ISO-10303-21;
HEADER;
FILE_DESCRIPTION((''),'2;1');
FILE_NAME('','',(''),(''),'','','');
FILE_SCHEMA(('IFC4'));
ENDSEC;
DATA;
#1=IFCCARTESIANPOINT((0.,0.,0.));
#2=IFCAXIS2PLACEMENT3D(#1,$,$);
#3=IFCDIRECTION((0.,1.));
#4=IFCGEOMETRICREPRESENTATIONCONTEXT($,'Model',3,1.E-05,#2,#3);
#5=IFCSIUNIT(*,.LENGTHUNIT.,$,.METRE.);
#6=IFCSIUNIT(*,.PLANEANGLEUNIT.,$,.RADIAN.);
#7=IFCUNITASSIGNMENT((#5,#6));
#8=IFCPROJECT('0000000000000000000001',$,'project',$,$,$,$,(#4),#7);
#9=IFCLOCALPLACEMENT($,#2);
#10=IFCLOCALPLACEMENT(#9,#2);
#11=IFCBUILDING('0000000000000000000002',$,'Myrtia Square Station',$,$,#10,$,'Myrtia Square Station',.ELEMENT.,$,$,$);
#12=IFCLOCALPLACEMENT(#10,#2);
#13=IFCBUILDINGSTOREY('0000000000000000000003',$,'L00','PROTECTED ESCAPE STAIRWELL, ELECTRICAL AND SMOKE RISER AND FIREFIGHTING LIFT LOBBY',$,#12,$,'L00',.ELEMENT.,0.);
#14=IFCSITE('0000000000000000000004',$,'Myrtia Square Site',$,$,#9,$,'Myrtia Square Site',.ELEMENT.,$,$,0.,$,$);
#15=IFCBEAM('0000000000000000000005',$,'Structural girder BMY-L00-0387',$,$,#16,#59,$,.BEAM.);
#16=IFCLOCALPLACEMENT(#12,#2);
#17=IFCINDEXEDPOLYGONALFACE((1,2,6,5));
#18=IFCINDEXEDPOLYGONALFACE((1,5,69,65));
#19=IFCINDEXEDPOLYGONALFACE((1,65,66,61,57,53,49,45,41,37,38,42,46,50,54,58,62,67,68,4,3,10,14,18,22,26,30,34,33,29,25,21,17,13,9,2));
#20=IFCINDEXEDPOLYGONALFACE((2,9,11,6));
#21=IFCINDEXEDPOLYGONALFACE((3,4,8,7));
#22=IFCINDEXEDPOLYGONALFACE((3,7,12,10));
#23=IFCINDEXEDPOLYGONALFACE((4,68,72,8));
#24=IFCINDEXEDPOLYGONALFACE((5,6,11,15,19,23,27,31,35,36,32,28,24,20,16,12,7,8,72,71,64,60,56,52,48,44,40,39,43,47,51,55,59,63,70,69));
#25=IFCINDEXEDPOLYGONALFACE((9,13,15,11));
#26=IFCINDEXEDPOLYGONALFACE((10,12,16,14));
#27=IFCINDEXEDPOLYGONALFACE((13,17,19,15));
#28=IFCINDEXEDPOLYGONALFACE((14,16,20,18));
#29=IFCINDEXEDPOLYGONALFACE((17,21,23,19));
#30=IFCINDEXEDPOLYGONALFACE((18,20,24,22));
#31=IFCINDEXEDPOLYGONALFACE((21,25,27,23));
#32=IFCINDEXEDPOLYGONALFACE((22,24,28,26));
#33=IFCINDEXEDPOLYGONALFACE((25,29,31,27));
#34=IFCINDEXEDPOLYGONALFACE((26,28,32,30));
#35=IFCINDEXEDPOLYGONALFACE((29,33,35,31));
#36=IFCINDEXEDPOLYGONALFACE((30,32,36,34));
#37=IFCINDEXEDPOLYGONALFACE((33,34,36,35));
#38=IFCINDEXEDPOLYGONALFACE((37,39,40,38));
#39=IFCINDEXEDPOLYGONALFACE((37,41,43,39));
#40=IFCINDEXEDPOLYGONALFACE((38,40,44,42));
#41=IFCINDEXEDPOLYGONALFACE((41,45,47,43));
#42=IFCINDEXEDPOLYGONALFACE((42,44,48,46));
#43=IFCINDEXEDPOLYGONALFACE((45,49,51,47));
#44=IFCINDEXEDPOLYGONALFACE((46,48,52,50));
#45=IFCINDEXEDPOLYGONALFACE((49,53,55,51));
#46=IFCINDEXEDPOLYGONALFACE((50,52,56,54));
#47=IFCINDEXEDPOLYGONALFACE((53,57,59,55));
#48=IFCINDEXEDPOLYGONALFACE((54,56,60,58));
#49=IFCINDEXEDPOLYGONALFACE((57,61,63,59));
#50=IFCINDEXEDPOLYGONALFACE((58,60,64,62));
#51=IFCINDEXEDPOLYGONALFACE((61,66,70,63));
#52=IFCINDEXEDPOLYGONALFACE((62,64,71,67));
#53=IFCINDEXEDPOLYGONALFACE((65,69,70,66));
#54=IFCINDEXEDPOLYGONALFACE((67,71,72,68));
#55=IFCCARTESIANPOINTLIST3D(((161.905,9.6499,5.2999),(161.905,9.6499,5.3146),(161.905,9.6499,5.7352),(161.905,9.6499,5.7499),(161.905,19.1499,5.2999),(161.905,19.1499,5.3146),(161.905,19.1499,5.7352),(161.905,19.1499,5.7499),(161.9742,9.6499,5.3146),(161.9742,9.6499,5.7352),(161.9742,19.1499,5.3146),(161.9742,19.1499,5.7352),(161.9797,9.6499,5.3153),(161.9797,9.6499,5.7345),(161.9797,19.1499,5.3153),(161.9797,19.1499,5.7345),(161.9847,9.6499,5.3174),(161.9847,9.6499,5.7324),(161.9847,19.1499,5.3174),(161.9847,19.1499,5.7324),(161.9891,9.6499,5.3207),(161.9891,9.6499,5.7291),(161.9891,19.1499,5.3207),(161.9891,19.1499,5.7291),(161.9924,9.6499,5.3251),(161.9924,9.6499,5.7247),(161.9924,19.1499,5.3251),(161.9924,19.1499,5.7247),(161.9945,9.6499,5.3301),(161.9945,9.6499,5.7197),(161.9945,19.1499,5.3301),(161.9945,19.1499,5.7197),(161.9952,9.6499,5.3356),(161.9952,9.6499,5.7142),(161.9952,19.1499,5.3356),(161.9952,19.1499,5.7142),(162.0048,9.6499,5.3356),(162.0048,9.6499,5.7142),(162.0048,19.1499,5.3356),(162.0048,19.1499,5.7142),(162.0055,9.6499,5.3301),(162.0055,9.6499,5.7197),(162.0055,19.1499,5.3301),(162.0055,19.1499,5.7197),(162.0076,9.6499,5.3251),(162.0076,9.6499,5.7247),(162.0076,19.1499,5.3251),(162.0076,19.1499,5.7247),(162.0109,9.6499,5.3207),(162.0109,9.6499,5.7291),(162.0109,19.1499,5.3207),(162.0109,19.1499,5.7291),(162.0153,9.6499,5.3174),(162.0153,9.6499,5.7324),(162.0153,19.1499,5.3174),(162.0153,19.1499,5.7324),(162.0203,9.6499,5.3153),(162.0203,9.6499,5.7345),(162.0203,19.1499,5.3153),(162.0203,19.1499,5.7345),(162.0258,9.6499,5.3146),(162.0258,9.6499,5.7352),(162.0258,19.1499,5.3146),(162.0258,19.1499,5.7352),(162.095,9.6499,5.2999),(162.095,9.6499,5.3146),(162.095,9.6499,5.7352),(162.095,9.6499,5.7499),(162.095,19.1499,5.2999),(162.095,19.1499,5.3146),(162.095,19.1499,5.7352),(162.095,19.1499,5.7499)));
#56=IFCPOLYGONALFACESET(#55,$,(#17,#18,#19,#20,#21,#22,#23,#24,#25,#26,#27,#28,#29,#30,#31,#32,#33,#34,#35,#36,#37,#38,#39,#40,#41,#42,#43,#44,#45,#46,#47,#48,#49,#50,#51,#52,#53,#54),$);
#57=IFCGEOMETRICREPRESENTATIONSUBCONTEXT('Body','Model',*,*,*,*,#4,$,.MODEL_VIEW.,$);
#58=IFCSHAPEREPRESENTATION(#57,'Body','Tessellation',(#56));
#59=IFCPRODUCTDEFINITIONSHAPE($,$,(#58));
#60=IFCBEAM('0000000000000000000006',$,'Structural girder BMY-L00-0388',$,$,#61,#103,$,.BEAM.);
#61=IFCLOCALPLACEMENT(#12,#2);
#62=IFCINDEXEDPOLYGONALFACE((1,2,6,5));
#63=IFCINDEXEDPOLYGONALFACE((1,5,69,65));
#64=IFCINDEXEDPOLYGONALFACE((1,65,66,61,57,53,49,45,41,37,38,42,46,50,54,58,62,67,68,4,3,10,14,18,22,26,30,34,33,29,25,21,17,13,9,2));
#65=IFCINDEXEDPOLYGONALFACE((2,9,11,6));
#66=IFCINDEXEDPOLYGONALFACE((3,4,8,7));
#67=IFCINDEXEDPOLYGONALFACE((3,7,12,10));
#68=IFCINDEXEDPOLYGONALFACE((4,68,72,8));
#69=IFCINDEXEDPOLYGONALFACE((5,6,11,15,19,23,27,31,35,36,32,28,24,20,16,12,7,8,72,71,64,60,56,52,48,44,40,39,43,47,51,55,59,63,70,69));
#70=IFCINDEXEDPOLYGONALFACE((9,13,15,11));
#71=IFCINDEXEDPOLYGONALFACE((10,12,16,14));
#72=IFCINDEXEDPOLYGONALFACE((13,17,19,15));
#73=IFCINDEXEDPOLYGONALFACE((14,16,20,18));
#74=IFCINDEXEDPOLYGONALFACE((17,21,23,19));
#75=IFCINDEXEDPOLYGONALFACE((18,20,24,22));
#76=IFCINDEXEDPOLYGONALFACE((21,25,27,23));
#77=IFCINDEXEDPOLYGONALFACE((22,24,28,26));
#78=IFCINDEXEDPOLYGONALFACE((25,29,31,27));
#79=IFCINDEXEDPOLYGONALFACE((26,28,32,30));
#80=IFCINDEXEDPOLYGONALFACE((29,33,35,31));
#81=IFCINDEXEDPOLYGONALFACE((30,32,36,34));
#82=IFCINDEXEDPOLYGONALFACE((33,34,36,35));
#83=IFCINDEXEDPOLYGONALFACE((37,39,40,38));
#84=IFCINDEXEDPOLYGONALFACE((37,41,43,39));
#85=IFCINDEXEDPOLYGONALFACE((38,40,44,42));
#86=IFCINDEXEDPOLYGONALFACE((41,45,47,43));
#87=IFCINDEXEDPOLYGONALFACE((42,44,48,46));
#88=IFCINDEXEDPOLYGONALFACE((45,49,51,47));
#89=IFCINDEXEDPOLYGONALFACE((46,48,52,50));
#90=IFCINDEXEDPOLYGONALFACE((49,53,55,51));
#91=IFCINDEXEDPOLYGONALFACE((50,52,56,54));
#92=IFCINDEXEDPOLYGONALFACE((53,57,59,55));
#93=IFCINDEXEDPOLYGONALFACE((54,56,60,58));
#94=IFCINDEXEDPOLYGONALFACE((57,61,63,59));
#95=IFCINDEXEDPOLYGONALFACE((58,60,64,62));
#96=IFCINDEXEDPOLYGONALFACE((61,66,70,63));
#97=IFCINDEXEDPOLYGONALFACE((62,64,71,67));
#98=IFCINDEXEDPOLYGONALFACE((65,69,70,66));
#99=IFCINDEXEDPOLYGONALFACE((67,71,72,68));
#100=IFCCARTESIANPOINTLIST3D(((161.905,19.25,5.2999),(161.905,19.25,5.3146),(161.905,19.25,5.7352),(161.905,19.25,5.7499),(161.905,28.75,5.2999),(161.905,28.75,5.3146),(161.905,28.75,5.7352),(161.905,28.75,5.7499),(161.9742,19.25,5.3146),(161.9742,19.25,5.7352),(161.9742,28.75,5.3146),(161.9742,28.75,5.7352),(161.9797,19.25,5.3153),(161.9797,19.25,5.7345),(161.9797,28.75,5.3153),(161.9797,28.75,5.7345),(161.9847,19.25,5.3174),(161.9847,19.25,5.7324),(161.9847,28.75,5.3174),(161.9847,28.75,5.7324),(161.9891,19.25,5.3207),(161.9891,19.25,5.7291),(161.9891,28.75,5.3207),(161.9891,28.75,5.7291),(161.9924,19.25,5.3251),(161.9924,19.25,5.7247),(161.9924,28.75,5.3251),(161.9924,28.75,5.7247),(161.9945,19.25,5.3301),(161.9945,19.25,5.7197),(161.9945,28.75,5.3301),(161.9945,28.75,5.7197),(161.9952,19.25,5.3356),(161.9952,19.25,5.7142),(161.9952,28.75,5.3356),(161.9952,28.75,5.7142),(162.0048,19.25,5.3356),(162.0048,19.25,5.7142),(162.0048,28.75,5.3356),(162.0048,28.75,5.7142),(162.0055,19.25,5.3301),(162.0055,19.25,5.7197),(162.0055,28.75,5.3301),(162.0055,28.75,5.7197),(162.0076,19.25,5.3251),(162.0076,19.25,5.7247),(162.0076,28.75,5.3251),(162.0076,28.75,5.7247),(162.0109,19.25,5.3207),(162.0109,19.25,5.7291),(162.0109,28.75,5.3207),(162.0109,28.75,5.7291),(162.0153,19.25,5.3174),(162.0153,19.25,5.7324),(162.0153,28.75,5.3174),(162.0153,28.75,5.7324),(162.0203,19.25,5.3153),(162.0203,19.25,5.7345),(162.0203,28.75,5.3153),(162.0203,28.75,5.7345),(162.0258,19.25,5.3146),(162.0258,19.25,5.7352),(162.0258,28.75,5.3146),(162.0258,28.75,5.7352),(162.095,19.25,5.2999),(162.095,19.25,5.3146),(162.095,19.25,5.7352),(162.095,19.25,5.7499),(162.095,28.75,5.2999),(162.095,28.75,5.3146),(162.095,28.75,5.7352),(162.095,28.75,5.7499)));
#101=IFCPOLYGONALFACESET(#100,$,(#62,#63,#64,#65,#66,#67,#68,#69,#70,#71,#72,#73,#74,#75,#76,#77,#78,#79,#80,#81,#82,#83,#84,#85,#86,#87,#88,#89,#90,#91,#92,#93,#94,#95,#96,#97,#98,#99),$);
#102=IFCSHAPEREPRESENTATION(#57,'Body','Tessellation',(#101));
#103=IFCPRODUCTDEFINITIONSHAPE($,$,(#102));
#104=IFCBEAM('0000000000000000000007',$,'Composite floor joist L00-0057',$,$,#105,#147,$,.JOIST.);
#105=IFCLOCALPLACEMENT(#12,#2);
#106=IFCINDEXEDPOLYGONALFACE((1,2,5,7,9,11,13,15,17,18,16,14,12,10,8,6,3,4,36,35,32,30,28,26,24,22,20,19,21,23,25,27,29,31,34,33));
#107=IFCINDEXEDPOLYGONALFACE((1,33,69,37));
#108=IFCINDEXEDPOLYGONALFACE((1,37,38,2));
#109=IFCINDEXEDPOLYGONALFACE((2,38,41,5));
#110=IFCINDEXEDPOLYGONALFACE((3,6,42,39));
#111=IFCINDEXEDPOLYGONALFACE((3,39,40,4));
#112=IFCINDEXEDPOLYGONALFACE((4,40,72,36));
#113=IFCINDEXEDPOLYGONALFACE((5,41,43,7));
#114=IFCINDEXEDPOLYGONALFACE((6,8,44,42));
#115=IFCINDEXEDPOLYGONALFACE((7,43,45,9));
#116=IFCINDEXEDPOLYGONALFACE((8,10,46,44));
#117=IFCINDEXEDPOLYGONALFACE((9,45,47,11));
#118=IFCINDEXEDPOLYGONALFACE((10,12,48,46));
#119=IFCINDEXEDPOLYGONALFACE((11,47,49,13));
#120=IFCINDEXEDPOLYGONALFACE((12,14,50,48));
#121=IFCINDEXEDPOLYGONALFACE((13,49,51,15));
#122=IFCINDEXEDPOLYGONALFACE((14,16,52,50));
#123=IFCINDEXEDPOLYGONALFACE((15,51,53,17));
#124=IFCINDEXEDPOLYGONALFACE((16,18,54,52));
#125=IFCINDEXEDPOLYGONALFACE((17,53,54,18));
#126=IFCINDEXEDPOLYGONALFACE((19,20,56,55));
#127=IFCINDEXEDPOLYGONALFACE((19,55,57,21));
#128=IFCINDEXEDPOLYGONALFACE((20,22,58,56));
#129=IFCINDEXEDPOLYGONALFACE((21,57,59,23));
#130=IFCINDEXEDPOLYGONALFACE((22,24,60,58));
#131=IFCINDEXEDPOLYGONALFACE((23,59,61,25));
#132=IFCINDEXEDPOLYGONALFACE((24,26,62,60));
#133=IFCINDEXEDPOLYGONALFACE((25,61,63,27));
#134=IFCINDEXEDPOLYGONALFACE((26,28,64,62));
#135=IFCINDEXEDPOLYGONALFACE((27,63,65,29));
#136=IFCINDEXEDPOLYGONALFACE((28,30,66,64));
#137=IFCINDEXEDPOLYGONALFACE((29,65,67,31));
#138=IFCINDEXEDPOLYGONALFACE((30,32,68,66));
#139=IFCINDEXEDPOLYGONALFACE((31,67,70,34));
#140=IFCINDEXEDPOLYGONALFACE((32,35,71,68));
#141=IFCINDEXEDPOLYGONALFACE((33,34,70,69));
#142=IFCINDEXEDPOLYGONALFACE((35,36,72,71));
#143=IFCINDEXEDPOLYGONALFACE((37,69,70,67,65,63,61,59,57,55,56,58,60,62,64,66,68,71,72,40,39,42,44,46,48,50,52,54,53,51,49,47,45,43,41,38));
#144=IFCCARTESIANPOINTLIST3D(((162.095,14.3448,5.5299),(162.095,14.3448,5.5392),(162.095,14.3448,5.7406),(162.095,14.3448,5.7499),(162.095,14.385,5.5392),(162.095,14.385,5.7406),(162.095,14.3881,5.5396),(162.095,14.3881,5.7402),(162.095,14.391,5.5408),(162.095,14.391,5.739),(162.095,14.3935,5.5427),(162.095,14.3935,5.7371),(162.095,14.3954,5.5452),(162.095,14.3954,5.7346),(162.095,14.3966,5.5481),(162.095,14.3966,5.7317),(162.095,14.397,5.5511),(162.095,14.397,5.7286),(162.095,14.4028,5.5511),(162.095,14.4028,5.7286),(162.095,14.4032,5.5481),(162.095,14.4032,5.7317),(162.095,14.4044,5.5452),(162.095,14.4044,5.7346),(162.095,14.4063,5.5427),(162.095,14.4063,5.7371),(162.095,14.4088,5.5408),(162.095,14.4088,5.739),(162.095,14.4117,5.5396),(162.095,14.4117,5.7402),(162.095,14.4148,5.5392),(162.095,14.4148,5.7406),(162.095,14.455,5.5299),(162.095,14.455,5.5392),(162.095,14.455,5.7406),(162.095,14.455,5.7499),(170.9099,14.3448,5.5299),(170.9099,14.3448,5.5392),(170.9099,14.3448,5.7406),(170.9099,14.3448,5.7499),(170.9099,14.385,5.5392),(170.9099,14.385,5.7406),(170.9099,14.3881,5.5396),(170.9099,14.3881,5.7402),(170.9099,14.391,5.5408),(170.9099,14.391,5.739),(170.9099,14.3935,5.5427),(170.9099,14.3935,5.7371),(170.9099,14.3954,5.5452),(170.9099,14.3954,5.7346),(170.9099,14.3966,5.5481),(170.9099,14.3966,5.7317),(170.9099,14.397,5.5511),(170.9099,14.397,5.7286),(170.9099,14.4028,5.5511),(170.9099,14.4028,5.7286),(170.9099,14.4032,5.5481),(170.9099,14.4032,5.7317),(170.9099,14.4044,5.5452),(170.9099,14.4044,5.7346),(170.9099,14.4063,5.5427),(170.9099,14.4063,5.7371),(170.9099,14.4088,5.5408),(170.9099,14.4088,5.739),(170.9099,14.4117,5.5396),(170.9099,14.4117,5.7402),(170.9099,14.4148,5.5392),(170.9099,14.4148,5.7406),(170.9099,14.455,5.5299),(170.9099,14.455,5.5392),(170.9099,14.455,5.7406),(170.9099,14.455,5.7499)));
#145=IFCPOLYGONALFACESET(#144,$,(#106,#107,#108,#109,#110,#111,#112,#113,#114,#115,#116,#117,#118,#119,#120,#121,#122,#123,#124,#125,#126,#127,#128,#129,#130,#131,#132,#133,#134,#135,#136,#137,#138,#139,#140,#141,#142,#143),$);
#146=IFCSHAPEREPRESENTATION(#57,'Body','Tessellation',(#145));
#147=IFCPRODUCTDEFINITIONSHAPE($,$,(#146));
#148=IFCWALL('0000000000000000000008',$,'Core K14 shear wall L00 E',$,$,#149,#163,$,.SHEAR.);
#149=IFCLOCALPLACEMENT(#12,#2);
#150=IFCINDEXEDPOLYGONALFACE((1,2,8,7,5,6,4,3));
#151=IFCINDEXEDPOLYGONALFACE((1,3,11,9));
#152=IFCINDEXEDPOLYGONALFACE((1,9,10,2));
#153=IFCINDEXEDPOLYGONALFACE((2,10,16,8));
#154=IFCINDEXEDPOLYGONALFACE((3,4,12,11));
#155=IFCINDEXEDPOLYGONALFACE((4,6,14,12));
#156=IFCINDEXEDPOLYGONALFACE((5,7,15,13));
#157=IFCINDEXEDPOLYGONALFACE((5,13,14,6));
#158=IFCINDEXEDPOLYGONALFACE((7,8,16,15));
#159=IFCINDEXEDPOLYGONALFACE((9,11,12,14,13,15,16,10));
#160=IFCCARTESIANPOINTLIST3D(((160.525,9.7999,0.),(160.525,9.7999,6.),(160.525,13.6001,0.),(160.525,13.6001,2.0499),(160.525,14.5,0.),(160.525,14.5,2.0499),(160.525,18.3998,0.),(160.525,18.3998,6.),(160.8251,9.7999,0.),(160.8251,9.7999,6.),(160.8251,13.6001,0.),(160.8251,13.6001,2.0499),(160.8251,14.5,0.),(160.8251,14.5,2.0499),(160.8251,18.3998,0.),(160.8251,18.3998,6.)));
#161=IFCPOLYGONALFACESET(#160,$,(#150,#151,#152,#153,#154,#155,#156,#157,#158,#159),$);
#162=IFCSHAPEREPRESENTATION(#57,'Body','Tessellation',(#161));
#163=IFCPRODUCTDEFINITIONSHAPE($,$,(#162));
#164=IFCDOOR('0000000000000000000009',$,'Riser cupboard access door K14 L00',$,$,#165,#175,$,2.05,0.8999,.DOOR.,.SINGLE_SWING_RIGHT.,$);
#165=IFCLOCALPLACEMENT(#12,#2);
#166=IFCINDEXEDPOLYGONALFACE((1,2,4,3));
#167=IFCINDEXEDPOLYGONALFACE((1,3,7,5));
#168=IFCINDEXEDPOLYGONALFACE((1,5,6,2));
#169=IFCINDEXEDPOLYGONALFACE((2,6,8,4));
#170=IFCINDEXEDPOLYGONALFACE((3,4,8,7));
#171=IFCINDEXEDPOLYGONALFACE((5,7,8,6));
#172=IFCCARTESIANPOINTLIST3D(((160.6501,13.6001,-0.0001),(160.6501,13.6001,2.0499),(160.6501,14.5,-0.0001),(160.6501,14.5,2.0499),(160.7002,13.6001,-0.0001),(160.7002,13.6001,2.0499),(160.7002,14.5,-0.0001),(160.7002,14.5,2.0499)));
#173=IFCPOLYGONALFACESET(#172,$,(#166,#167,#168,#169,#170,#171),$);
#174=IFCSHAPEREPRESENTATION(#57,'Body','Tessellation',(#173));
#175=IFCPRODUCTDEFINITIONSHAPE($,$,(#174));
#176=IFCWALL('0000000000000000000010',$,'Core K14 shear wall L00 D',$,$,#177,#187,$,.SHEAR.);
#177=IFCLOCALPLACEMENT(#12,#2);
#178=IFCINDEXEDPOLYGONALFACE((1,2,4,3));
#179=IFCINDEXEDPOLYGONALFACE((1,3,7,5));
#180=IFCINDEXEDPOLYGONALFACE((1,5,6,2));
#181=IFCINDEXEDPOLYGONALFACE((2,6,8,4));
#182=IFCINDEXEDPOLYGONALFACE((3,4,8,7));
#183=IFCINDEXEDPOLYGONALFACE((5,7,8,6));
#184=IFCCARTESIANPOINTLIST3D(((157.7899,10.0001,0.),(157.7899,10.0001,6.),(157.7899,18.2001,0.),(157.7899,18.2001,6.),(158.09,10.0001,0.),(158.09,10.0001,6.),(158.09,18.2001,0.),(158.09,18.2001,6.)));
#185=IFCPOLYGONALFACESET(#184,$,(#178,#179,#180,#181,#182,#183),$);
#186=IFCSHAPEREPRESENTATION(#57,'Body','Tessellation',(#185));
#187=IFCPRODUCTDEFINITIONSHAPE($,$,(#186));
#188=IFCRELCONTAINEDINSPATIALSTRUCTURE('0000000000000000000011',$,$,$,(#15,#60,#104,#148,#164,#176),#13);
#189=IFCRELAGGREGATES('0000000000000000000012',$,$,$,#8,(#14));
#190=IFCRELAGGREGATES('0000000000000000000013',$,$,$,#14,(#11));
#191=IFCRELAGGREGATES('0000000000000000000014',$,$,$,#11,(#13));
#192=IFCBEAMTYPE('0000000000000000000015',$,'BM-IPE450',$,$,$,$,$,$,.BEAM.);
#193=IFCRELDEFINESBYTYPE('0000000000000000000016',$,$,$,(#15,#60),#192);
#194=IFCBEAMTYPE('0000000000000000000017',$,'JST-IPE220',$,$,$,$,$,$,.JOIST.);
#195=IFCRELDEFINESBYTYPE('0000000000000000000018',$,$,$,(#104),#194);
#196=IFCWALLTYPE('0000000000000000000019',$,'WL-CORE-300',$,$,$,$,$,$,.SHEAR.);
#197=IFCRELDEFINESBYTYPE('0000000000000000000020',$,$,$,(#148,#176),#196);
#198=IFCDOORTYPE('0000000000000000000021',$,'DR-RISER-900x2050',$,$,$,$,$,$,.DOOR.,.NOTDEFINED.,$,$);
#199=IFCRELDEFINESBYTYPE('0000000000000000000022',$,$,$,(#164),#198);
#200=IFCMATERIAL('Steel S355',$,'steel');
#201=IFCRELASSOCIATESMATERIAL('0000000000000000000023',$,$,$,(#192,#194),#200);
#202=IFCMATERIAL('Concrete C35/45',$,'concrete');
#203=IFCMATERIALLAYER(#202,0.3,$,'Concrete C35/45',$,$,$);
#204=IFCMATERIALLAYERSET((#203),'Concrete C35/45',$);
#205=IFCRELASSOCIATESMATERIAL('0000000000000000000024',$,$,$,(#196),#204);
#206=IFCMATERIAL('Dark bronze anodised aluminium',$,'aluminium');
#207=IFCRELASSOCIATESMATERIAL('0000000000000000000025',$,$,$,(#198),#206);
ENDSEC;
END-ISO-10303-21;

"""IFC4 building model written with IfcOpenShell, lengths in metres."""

from ifc_helpers import new_model, si_unit, direction, frame, frame_2d, origin, origin_2d, place, context, subcontext, project, spatial, rectangle, i_section, extrude, material, layer, layer_set, material_profile, profile_set, type_object, element, fill, save


model = new_model("IFC4")

# Units and contexts
model_context = context("Model", 3, precision=1e-05, world=origin(), true_north=direction((0.0, 1.0)))
body_context = subcontext(model_context, "Body", "Model", "MODEL_VIEW")
ifc_project = project(units=[si_unit("LENGTHUNIT", "METRE"), si_unit("PLANEANGLEUNIT", "RADIAN")], contexts=[model_context])

# Site, building, storey
site_placement = place(None, origin())
site = spatial("IfcSite", under=ifc_project, at=site_placement, Name="Myrtia Square Site", LongName="Myrtia Square Site", CompositionType="ELEMENT", RefElevation=0.0)
building_placement = place(site_placement, origin())
building = spatial("IfcBuilding", under=site, at=building_placement, Name="Myrtia Square Station", LongName="Myrtia Square Station", CompositionType="ELEMENT")
storey_placement = place(building_placement, origin())
storey = spatial("IfcBuildingStorey", under=building, at=storey_placement, Name="L00", Description="PROTECTED ESCAPE STAIRWELL, ELECTRICAL AND SMOKE RISER AND FIREFIGHTING LIFT LOBBY", LongName="L00", CompositionType="ELEMENT", Elevation=0.0)

# Shared definitions
ifc_material_1 = material(Name="Steel S355", Category="steel")

# Beams
ifc_material_profile_1 = material_profile(ifc_material_1, i_section(OverallWidth=0.1899, OverallDepth=0.45, WebThickness=0.0095, FlangeThickness=0.0146, FilletRadius=0.021, at=origin_2d()), Name="IPE 450")
ifc_profile_set_1 = profile_set([ifc_material_profile_1], Name="Steel S355")
beam_type_1 = type_object("IfcBeamType", Name="BM-IPE450", PredefinedType="BEAM", material=ifc_profile_set_1)
for number, where, z_axis, x_axis, name in (
    (1, (162.0, 9.6499, 5.5249), (0.0, 1.0, 0.0), (-1.0, 0.0, 0.0), "Structural girder BMY-L00-0387"),
    (2, (162.0, 19.25, 5.5249), (0.0, 1.0, 0.0), (-1.0, 0.0, 0.0), "Structural girder BMY-L00-0388"),
):
    element("IfcBeam", number, at=place(storey_placement, frame(where, z_axis=z_axis, x_axis=x_axis)), inside=storey, type_object=beam_type_1, Name=name, PredefinedType="BEAM", context=body_context, shape_type="SweptSolid", body=[
        extrude(i_section(OverallWidth=0.1899, OverallDepth=0.45, WebThickness=0.0095, FlangeThickness=0.0146, FilletRadius=0.021, at=origin_2d()), origin(), (0.0, 0.0, 1.0), 9.5),
    ])
ifc_material_profile_2 = material_profile(ifc_material_1, i_section(OverallWidth=0.1101, OverallDepth=0.22, WebThickness=0.0059, FlangeThickness=0.0093, FilletRadius=0.012, at=origin_2d()), Name="IPE 220")
ifc_profile_set_2 = profile_set([ifc_material_profile_2], Name="Steel S355")
beam_type_2 = type_object("IfcBeamType", Name="JST-IPE220", PredefinedType="JOIST", material=ifc_profile_set_2)
beam_1_placement = place(storey_placement, frame((162.095, 14.3999, 5.6399), z_axis=(1.0, 0.0, 0.0), x_axis=(0.0, 1.0, 0.0)))
element("IfcBeam", 3, at=beam_1_placement, inside=storey, type_object=beam_type_2, Name="Composite floor joist L00-0057", PredefinedType="JOIST", context=body_context, shape_type="SweptSolid", body=[
    extrude(i_section(OverallWidth=0.1101, OverallDepth=0.22, WebThickness=0.0059, FlangeThickness=0.0093, FilletRadius=0.012, at=origin_2d()), origin(), (0.0, 0.0, 1.0), 8.8149),
])

# Wall, opening, door
ifc_material_2 = material(Name="Concrete C35/45", Category="concrete")
ifc_layer_1 = layer(ifc_material_2, 0.3, Name="Concrete C35/45")
ifc_layer_set_1 = layer_set([ifc_layer_1], Name="Concrete C35/45")
wall_type_1 = type_object("IfcWallType", Name="WL-CORE-300", PredefinedType="SHEAR", material=ifc_layer_set_1)
wall_1_placement = place(storey_placement, frame((160.675, 9.8, 0.0), z_axis=(0.0, 0.0, 1.0), x_axis=(0.0, 1.0, 0.0)))
wall_1 = element("IfcWall", 4, at=wall_1_placement, inside=storey, type_object=wall_type_1, Name="Core K14 shear wall L00 E", PredefinedType="SHEAR", context=body_context, shape_type="SweptSolid", body=[
    extrude(rectangle(XDim=8.5999, YDim=0.3, at=frame_2d((4.2998, 0.0))), origin(), (0.0, 0.0, 1.0), 6.0),
])
opening_1_placement = place(wall_1_placement, frame((3.8, 0.0, 0.0)))
opening_1 = element("IfcOpeningElement", 5, at=opening_1_placement, cuts=wall_1, PredefinedType="OPENING", context=body_context, shape_type="SweptSolid", body=[
    extrude(rectangle(XDim=0.8999, YDim=2.05, at=frame_2d((0.45, 1.0249))), frame((0.0, 0.165, 0.0), z_axis=(0.0, -1.0, 0.0), x_axis=(1.0, 0.0, 0.0)), (0.0, 0.0, 1.0), 0.3301),
])
ifc_material_3 = material(Name="Dark bronze anodised aluminium", Category="aluminium")
door_type_1 = type_object("IfcDoorType", Name="DR-RISER-900x2050", OperationType="NOTDEFINED", PredefinedType="DOOR", material=ifc_material_3)
door_1_placement = place(opening_1_placement, origin())
door_1 = element("IfcDoor", 6, at=door_1_placement, inside=storey, type_object=door_type_1, Name="Riser cupboard access door K14 L00", OperationType="SINGLE_SWING_RIGHT", OverallHeight=2.05, OverallWidth=0.8999, PredefinedType="DOOR", context=body_context, shape_type="SweptSolid", body=[
    extrude(rectangle(XDim=0.8999, YDim=2.05, at=frame_2d((0.45, 1.0249))), frame((0.0, 0.0249, 0.0), z_axis=(0.0, -1.0, 0.0), x_axis=(1.0, 0.0, 0.0)), (0.0, 0.0, 1.0), 0.05),
])
fill(opening_1, door_1)

# Wall
wall_2_placement = place(storey_placement, frame((157.9399, 10.0, 0.0), z_axis=(0.0, 0.0, 1.0), x_axis=(0.0, 1.0, 0.0)))
element("IfcWall", 7, at=wall_2_placement, inside=storey, type_object=wall_type_1, Name="Core K14 shear wall L00 D", PredefinedType="SHEAR", context=body_context, shape_type="SweptSolid", body=[
    extrude(rectangle(XDim=8.2, YDim=0.3, at=frame_2d((4.1001, 0.0))), origin(), (0.0, 0.0, 1.0), 6.0),
])

save(model, "model.ifc")
